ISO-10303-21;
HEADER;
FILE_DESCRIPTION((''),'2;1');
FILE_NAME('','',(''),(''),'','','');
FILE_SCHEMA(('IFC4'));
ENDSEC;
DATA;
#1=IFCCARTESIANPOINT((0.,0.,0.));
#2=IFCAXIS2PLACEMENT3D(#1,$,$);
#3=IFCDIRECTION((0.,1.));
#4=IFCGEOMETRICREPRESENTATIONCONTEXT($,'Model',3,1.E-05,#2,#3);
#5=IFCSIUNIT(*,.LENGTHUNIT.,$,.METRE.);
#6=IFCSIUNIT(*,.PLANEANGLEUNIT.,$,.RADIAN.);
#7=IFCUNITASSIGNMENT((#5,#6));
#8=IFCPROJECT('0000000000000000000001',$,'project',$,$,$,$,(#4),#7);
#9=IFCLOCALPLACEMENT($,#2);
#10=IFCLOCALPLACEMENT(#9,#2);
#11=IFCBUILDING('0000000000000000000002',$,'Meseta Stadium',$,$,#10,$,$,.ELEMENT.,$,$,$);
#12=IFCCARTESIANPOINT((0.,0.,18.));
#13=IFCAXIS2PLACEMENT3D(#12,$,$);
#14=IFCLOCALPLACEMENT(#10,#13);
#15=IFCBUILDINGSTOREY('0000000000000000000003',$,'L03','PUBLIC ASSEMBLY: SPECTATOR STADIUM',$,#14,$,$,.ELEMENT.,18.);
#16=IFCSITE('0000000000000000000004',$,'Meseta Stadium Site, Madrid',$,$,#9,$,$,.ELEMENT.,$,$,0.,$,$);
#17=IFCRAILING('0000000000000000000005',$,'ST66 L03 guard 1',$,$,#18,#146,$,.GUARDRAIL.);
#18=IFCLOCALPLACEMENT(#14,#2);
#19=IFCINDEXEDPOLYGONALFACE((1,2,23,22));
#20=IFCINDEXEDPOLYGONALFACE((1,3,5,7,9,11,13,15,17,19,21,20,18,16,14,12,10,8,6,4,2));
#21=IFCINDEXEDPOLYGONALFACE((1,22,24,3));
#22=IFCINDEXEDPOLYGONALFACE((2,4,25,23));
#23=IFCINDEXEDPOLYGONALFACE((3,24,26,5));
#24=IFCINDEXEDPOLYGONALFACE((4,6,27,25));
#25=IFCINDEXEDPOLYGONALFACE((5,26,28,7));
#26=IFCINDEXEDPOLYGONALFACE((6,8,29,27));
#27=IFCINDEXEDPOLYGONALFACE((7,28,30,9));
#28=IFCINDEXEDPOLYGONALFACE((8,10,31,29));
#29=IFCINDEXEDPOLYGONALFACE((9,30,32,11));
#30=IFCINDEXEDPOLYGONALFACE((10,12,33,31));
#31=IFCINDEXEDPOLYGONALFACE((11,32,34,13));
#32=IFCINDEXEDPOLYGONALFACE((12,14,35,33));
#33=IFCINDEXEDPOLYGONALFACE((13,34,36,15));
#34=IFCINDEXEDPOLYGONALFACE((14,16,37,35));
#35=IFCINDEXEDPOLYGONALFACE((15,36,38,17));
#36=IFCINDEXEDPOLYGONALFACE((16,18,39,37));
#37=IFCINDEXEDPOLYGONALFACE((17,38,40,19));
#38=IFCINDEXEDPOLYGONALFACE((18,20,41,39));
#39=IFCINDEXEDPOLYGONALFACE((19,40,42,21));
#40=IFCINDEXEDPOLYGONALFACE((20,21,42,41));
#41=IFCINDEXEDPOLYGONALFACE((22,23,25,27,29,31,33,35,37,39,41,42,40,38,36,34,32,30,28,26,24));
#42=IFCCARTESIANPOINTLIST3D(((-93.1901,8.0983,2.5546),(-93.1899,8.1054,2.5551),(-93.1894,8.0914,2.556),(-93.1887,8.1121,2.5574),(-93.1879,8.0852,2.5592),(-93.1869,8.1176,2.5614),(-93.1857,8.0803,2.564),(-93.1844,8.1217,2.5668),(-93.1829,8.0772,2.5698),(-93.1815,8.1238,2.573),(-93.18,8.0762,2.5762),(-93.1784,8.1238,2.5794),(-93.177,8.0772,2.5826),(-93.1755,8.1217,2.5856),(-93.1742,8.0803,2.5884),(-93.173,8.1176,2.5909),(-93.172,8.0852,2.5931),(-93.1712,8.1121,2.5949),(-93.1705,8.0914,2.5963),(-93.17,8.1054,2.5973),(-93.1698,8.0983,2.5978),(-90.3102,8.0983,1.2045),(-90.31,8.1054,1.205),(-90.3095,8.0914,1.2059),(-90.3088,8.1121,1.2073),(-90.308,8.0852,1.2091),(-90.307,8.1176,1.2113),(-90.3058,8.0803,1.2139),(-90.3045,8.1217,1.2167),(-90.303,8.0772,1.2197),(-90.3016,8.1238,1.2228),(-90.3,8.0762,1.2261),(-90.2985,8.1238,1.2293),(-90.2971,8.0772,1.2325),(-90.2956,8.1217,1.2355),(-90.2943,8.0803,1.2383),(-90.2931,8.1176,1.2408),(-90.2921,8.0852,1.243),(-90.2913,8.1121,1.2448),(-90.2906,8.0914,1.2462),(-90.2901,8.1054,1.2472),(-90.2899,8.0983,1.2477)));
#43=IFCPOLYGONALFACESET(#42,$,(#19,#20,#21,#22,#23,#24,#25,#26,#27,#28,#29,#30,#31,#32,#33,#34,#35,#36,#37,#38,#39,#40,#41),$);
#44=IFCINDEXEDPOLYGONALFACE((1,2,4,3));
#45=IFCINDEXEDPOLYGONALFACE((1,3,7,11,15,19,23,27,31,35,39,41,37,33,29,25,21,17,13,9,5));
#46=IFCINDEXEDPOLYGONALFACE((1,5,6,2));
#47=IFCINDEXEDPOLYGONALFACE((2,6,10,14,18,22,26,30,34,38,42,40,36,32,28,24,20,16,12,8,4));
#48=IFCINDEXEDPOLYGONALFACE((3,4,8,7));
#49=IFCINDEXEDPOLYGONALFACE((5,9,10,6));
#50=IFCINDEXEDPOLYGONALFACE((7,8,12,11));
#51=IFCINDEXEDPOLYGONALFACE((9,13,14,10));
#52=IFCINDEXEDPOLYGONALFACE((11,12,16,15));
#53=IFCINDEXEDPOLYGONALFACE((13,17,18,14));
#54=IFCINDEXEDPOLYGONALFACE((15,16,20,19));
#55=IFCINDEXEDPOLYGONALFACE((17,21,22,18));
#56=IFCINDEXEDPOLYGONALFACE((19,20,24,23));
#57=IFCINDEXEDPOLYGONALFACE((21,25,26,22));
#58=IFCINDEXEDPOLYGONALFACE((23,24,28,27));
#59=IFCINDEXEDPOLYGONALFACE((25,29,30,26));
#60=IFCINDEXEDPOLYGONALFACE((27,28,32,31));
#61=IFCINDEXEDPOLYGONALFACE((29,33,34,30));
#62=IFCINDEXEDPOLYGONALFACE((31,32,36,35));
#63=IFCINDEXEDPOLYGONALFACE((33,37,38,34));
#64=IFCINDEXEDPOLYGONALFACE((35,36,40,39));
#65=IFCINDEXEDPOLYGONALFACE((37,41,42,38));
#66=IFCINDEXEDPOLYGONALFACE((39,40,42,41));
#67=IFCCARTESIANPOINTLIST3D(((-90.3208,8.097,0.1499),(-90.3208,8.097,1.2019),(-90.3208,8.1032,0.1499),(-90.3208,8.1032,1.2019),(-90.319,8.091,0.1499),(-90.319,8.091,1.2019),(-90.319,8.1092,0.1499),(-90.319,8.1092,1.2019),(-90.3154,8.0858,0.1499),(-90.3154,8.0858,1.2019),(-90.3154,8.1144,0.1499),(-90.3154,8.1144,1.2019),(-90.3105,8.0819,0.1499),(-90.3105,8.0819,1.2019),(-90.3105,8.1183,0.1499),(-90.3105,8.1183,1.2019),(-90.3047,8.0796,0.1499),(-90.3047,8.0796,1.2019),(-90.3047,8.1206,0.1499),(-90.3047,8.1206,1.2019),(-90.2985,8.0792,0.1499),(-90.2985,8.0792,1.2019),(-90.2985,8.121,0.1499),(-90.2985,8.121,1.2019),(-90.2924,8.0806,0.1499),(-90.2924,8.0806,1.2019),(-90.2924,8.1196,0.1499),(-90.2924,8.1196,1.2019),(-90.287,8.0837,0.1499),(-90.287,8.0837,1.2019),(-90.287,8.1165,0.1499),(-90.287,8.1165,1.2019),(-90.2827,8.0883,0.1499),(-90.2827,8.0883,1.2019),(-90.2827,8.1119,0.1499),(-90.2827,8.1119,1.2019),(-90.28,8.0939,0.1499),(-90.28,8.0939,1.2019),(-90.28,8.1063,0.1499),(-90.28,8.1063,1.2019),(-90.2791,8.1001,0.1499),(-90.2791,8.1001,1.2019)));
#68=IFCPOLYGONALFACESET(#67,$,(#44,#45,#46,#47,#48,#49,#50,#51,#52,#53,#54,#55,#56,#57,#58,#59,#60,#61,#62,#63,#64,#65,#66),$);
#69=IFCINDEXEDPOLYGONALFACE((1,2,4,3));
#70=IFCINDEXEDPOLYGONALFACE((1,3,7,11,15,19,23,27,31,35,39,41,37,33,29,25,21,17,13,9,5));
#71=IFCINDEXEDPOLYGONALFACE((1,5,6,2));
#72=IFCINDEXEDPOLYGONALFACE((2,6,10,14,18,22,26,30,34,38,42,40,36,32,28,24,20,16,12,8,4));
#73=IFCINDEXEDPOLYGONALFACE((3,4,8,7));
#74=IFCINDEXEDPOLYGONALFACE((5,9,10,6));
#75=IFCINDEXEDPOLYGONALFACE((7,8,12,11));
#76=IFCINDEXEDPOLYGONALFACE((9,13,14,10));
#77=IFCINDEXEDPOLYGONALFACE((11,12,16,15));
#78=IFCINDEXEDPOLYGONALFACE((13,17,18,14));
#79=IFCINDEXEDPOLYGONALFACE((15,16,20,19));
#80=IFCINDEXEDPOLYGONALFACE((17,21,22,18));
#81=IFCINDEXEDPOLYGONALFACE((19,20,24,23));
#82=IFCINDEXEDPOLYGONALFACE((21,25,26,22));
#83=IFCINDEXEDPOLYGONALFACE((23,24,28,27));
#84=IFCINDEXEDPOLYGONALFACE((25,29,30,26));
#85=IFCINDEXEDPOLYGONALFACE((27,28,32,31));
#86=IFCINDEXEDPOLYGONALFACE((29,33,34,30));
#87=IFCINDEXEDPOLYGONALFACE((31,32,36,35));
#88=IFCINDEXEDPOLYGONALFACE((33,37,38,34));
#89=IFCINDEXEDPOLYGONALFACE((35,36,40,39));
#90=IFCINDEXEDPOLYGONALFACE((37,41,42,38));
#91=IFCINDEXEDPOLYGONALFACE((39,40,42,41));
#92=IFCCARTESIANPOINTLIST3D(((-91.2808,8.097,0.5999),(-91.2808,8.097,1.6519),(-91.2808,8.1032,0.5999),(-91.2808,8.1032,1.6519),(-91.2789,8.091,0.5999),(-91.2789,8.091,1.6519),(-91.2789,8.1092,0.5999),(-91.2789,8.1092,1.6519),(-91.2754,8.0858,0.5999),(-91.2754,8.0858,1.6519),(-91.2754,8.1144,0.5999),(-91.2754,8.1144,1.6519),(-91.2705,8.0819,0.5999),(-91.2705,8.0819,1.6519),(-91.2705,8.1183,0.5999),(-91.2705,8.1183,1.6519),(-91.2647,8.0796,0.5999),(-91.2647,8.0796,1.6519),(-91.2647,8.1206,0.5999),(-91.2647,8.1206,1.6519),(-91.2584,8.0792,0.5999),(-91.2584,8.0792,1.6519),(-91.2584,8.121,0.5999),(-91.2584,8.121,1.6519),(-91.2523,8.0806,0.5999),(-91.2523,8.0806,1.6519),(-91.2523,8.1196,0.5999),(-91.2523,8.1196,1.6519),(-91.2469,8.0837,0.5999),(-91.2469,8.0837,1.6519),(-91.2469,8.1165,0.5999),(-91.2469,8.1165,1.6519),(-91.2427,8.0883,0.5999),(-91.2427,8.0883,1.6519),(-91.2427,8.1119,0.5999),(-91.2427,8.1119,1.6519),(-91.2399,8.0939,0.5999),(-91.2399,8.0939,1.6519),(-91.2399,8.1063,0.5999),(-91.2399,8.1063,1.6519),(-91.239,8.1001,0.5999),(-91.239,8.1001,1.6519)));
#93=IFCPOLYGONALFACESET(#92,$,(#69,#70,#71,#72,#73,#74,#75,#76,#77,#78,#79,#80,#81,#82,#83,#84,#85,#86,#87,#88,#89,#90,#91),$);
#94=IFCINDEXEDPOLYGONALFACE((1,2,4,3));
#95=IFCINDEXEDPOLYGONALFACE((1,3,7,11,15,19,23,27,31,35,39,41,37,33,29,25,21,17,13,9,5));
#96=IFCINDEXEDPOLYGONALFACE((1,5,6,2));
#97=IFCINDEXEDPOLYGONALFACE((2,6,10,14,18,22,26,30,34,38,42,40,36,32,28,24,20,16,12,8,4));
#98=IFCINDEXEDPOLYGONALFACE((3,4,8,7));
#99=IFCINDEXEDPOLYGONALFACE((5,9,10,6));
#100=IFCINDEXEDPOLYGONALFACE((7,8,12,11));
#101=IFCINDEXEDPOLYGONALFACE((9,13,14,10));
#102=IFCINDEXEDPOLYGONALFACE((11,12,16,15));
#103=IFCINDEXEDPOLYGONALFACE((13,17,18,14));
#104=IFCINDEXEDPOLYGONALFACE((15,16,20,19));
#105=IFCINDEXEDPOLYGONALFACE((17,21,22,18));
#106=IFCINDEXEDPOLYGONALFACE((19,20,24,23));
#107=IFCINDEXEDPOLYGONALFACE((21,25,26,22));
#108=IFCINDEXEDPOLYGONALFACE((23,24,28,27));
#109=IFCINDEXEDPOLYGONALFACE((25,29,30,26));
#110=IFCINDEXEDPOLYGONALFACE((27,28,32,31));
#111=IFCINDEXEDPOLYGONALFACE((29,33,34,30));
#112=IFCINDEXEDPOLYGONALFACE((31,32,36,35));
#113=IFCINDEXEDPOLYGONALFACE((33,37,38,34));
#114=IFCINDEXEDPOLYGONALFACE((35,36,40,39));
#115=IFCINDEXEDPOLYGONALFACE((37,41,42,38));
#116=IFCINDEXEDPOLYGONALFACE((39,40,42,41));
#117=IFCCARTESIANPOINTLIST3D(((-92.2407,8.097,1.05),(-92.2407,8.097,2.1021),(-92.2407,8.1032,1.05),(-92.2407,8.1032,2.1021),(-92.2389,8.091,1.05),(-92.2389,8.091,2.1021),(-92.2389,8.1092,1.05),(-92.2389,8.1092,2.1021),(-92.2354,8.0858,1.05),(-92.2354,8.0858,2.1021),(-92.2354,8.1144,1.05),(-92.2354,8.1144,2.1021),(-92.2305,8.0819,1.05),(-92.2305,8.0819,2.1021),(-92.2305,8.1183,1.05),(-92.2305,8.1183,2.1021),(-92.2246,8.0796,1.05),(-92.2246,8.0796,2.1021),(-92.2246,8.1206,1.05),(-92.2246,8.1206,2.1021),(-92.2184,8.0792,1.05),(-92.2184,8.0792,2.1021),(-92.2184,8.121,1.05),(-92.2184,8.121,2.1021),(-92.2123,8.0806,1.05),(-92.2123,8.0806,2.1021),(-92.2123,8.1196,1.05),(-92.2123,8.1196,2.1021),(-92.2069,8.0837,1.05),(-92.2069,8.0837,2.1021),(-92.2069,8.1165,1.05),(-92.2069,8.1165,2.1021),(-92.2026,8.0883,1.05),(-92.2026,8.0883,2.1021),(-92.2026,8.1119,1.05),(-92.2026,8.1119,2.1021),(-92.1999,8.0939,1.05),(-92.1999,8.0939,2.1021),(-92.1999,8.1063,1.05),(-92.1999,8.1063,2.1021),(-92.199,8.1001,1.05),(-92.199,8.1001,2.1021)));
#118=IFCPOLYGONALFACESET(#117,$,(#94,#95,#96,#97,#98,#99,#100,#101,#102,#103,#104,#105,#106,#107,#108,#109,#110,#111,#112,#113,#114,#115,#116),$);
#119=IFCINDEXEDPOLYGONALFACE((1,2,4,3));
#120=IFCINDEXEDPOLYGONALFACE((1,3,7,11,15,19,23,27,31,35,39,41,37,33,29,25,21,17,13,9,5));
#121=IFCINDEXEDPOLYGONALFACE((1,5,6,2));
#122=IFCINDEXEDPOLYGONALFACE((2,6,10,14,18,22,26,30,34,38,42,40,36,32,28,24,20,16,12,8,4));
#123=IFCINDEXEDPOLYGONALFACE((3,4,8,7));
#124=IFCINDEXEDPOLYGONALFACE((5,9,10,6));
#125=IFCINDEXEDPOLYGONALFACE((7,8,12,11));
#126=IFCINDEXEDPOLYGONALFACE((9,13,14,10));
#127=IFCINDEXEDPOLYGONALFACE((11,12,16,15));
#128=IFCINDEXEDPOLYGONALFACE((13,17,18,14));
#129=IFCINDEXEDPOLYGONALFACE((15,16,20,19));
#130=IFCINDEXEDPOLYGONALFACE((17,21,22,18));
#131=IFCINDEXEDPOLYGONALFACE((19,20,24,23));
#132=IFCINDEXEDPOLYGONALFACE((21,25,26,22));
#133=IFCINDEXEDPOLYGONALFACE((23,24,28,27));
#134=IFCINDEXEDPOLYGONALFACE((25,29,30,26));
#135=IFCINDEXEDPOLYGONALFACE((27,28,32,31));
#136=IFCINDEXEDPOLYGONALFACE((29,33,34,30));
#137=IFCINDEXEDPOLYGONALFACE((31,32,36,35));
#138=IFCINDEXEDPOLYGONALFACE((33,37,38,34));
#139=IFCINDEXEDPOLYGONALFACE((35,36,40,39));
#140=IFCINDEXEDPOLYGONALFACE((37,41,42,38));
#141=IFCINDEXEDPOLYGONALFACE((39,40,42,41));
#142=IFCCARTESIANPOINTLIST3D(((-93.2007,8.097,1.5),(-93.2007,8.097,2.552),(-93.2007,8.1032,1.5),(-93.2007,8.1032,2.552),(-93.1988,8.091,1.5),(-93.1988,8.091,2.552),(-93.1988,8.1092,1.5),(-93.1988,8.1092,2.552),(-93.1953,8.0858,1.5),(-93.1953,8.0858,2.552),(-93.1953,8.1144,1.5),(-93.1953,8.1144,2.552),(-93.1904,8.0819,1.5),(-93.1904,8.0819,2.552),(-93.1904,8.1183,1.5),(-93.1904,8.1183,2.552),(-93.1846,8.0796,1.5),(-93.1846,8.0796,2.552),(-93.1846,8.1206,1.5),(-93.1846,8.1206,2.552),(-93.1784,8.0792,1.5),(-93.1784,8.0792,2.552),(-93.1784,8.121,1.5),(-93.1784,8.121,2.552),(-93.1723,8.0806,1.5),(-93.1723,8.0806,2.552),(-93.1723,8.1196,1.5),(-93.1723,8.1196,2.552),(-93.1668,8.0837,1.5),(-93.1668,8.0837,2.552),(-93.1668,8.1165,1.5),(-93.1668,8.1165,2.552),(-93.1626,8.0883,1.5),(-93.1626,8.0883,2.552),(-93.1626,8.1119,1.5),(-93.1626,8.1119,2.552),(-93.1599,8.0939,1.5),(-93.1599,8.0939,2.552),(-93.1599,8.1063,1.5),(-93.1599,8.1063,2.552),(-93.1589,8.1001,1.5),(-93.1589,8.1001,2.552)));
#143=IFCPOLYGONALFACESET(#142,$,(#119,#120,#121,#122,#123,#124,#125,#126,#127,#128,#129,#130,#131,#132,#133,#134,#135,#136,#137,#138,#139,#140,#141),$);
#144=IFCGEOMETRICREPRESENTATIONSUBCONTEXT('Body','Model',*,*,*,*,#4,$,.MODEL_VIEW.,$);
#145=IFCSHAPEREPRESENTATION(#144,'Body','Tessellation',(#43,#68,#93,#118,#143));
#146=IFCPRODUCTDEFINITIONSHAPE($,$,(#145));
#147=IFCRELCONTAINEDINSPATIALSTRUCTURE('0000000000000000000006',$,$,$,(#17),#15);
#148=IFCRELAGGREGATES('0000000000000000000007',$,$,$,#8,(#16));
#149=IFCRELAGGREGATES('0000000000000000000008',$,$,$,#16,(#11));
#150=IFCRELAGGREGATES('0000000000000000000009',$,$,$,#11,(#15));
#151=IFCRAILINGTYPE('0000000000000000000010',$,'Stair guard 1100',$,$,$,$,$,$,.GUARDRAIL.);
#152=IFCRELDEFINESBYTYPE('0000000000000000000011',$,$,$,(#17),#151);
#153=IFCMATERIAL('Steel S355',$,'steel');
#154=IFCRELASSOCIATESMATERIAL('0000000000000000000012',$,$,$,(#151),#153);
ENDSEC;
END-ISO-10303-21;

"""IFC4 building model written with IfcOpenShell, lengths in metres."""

from ifc_helpers import new_model, si_unit, direction, frame, origin, origin_2d, place, context, subcontext, project, spatial, circle, extrude, material, type_object, element, save


model = new_model("IFC4")

# Units and contexts
model_context = context("Model", 3, precision=1e-05, world=origin(), true_north=direction((0.0, 1.0)))
body_context = subcontext(model_context, "Body", "Model", "MODEL_VIEW")
ifc_project = project(units=[si_unit("LENGTHUNIT", "METRE"), si_unit("PLANEANGLEUNIT", "RADIAN")], contexts=[model_context])

# Site, building, storey
site_placement = place(None, origin())
site = spatial("IfcSite", under=ifc_project, at=site_placement, Name="Meseta Stadium Site, Madrid", CompositionType="ELEMENT", RefElevation=0.0)
building_placement = place(site_placement, origin())
building = spatial("IfcBuilding", under=site, at=building_placement, Name="Meseta Stadium", CompositionType="ELEMENT")
storey_placement = place(building_placement, frame((0.0, 0.0, 18.0)))
storey = spatial("IfcBuildingStorey", under=building, at=storey_placement, Name="L03", Description="PUBLIC ASSEMBLY: SPECTATOR STADIUM", CompositionType="ELEMENT", Elevation=18.0)

# Railing
ifc_material_1 = material(Name="Steel S355", Category="steel")
railing_type_1 = type_object("IfcRailingType", Name="Stair guard 1100", PredefinedType="GUARDRAIL", material=ifc_material_1)
railing_1_placement = place(storey_placement, frame((-90.3, 8.1001, 0.1499)))
element("IfcRailing", 1, at=railing_1_placement, inside=storey, type_object=railing_type_1, Name="ST66 L03 guard 1", PredefinedType="GUARDRAIL", context=body_context, shape_type="SweptSolid", body=[
    extrude(circle(Radius=0.0239, at=origin_2d()), frame((0.0, 0.0, 1.0762), z_axis=(-0.90544, 0.0, 0.424473), x_axis=(0.0, -1.0, 0.0)), (0.0, 0.0, 1.0), 3.1807),
    extrude(circle(Radius=0.021, at=origin_2d()), origin(), (0.0, 0.0, 1.0), 1.052),
    extrude(circle(Radius=0.021, at=origin_2d()), frame((-0.96, 0.0, 0.45)), (0.0, 0.0, 1.0), 1.052),
    extrude(circle(Radius=0.021, at=origin_2d()), frame((-1.9199, 0.0, 0.9001)), (0.0, 0.0, 1.0), 1.052),
    extrude(circle(Radius=0.021, at=origin_2d()), frame((-2.8799, 0.0, 1.3501)), (0.0, 0.0, 1.0), 1.052),
])

save(model, "model.ifc")
